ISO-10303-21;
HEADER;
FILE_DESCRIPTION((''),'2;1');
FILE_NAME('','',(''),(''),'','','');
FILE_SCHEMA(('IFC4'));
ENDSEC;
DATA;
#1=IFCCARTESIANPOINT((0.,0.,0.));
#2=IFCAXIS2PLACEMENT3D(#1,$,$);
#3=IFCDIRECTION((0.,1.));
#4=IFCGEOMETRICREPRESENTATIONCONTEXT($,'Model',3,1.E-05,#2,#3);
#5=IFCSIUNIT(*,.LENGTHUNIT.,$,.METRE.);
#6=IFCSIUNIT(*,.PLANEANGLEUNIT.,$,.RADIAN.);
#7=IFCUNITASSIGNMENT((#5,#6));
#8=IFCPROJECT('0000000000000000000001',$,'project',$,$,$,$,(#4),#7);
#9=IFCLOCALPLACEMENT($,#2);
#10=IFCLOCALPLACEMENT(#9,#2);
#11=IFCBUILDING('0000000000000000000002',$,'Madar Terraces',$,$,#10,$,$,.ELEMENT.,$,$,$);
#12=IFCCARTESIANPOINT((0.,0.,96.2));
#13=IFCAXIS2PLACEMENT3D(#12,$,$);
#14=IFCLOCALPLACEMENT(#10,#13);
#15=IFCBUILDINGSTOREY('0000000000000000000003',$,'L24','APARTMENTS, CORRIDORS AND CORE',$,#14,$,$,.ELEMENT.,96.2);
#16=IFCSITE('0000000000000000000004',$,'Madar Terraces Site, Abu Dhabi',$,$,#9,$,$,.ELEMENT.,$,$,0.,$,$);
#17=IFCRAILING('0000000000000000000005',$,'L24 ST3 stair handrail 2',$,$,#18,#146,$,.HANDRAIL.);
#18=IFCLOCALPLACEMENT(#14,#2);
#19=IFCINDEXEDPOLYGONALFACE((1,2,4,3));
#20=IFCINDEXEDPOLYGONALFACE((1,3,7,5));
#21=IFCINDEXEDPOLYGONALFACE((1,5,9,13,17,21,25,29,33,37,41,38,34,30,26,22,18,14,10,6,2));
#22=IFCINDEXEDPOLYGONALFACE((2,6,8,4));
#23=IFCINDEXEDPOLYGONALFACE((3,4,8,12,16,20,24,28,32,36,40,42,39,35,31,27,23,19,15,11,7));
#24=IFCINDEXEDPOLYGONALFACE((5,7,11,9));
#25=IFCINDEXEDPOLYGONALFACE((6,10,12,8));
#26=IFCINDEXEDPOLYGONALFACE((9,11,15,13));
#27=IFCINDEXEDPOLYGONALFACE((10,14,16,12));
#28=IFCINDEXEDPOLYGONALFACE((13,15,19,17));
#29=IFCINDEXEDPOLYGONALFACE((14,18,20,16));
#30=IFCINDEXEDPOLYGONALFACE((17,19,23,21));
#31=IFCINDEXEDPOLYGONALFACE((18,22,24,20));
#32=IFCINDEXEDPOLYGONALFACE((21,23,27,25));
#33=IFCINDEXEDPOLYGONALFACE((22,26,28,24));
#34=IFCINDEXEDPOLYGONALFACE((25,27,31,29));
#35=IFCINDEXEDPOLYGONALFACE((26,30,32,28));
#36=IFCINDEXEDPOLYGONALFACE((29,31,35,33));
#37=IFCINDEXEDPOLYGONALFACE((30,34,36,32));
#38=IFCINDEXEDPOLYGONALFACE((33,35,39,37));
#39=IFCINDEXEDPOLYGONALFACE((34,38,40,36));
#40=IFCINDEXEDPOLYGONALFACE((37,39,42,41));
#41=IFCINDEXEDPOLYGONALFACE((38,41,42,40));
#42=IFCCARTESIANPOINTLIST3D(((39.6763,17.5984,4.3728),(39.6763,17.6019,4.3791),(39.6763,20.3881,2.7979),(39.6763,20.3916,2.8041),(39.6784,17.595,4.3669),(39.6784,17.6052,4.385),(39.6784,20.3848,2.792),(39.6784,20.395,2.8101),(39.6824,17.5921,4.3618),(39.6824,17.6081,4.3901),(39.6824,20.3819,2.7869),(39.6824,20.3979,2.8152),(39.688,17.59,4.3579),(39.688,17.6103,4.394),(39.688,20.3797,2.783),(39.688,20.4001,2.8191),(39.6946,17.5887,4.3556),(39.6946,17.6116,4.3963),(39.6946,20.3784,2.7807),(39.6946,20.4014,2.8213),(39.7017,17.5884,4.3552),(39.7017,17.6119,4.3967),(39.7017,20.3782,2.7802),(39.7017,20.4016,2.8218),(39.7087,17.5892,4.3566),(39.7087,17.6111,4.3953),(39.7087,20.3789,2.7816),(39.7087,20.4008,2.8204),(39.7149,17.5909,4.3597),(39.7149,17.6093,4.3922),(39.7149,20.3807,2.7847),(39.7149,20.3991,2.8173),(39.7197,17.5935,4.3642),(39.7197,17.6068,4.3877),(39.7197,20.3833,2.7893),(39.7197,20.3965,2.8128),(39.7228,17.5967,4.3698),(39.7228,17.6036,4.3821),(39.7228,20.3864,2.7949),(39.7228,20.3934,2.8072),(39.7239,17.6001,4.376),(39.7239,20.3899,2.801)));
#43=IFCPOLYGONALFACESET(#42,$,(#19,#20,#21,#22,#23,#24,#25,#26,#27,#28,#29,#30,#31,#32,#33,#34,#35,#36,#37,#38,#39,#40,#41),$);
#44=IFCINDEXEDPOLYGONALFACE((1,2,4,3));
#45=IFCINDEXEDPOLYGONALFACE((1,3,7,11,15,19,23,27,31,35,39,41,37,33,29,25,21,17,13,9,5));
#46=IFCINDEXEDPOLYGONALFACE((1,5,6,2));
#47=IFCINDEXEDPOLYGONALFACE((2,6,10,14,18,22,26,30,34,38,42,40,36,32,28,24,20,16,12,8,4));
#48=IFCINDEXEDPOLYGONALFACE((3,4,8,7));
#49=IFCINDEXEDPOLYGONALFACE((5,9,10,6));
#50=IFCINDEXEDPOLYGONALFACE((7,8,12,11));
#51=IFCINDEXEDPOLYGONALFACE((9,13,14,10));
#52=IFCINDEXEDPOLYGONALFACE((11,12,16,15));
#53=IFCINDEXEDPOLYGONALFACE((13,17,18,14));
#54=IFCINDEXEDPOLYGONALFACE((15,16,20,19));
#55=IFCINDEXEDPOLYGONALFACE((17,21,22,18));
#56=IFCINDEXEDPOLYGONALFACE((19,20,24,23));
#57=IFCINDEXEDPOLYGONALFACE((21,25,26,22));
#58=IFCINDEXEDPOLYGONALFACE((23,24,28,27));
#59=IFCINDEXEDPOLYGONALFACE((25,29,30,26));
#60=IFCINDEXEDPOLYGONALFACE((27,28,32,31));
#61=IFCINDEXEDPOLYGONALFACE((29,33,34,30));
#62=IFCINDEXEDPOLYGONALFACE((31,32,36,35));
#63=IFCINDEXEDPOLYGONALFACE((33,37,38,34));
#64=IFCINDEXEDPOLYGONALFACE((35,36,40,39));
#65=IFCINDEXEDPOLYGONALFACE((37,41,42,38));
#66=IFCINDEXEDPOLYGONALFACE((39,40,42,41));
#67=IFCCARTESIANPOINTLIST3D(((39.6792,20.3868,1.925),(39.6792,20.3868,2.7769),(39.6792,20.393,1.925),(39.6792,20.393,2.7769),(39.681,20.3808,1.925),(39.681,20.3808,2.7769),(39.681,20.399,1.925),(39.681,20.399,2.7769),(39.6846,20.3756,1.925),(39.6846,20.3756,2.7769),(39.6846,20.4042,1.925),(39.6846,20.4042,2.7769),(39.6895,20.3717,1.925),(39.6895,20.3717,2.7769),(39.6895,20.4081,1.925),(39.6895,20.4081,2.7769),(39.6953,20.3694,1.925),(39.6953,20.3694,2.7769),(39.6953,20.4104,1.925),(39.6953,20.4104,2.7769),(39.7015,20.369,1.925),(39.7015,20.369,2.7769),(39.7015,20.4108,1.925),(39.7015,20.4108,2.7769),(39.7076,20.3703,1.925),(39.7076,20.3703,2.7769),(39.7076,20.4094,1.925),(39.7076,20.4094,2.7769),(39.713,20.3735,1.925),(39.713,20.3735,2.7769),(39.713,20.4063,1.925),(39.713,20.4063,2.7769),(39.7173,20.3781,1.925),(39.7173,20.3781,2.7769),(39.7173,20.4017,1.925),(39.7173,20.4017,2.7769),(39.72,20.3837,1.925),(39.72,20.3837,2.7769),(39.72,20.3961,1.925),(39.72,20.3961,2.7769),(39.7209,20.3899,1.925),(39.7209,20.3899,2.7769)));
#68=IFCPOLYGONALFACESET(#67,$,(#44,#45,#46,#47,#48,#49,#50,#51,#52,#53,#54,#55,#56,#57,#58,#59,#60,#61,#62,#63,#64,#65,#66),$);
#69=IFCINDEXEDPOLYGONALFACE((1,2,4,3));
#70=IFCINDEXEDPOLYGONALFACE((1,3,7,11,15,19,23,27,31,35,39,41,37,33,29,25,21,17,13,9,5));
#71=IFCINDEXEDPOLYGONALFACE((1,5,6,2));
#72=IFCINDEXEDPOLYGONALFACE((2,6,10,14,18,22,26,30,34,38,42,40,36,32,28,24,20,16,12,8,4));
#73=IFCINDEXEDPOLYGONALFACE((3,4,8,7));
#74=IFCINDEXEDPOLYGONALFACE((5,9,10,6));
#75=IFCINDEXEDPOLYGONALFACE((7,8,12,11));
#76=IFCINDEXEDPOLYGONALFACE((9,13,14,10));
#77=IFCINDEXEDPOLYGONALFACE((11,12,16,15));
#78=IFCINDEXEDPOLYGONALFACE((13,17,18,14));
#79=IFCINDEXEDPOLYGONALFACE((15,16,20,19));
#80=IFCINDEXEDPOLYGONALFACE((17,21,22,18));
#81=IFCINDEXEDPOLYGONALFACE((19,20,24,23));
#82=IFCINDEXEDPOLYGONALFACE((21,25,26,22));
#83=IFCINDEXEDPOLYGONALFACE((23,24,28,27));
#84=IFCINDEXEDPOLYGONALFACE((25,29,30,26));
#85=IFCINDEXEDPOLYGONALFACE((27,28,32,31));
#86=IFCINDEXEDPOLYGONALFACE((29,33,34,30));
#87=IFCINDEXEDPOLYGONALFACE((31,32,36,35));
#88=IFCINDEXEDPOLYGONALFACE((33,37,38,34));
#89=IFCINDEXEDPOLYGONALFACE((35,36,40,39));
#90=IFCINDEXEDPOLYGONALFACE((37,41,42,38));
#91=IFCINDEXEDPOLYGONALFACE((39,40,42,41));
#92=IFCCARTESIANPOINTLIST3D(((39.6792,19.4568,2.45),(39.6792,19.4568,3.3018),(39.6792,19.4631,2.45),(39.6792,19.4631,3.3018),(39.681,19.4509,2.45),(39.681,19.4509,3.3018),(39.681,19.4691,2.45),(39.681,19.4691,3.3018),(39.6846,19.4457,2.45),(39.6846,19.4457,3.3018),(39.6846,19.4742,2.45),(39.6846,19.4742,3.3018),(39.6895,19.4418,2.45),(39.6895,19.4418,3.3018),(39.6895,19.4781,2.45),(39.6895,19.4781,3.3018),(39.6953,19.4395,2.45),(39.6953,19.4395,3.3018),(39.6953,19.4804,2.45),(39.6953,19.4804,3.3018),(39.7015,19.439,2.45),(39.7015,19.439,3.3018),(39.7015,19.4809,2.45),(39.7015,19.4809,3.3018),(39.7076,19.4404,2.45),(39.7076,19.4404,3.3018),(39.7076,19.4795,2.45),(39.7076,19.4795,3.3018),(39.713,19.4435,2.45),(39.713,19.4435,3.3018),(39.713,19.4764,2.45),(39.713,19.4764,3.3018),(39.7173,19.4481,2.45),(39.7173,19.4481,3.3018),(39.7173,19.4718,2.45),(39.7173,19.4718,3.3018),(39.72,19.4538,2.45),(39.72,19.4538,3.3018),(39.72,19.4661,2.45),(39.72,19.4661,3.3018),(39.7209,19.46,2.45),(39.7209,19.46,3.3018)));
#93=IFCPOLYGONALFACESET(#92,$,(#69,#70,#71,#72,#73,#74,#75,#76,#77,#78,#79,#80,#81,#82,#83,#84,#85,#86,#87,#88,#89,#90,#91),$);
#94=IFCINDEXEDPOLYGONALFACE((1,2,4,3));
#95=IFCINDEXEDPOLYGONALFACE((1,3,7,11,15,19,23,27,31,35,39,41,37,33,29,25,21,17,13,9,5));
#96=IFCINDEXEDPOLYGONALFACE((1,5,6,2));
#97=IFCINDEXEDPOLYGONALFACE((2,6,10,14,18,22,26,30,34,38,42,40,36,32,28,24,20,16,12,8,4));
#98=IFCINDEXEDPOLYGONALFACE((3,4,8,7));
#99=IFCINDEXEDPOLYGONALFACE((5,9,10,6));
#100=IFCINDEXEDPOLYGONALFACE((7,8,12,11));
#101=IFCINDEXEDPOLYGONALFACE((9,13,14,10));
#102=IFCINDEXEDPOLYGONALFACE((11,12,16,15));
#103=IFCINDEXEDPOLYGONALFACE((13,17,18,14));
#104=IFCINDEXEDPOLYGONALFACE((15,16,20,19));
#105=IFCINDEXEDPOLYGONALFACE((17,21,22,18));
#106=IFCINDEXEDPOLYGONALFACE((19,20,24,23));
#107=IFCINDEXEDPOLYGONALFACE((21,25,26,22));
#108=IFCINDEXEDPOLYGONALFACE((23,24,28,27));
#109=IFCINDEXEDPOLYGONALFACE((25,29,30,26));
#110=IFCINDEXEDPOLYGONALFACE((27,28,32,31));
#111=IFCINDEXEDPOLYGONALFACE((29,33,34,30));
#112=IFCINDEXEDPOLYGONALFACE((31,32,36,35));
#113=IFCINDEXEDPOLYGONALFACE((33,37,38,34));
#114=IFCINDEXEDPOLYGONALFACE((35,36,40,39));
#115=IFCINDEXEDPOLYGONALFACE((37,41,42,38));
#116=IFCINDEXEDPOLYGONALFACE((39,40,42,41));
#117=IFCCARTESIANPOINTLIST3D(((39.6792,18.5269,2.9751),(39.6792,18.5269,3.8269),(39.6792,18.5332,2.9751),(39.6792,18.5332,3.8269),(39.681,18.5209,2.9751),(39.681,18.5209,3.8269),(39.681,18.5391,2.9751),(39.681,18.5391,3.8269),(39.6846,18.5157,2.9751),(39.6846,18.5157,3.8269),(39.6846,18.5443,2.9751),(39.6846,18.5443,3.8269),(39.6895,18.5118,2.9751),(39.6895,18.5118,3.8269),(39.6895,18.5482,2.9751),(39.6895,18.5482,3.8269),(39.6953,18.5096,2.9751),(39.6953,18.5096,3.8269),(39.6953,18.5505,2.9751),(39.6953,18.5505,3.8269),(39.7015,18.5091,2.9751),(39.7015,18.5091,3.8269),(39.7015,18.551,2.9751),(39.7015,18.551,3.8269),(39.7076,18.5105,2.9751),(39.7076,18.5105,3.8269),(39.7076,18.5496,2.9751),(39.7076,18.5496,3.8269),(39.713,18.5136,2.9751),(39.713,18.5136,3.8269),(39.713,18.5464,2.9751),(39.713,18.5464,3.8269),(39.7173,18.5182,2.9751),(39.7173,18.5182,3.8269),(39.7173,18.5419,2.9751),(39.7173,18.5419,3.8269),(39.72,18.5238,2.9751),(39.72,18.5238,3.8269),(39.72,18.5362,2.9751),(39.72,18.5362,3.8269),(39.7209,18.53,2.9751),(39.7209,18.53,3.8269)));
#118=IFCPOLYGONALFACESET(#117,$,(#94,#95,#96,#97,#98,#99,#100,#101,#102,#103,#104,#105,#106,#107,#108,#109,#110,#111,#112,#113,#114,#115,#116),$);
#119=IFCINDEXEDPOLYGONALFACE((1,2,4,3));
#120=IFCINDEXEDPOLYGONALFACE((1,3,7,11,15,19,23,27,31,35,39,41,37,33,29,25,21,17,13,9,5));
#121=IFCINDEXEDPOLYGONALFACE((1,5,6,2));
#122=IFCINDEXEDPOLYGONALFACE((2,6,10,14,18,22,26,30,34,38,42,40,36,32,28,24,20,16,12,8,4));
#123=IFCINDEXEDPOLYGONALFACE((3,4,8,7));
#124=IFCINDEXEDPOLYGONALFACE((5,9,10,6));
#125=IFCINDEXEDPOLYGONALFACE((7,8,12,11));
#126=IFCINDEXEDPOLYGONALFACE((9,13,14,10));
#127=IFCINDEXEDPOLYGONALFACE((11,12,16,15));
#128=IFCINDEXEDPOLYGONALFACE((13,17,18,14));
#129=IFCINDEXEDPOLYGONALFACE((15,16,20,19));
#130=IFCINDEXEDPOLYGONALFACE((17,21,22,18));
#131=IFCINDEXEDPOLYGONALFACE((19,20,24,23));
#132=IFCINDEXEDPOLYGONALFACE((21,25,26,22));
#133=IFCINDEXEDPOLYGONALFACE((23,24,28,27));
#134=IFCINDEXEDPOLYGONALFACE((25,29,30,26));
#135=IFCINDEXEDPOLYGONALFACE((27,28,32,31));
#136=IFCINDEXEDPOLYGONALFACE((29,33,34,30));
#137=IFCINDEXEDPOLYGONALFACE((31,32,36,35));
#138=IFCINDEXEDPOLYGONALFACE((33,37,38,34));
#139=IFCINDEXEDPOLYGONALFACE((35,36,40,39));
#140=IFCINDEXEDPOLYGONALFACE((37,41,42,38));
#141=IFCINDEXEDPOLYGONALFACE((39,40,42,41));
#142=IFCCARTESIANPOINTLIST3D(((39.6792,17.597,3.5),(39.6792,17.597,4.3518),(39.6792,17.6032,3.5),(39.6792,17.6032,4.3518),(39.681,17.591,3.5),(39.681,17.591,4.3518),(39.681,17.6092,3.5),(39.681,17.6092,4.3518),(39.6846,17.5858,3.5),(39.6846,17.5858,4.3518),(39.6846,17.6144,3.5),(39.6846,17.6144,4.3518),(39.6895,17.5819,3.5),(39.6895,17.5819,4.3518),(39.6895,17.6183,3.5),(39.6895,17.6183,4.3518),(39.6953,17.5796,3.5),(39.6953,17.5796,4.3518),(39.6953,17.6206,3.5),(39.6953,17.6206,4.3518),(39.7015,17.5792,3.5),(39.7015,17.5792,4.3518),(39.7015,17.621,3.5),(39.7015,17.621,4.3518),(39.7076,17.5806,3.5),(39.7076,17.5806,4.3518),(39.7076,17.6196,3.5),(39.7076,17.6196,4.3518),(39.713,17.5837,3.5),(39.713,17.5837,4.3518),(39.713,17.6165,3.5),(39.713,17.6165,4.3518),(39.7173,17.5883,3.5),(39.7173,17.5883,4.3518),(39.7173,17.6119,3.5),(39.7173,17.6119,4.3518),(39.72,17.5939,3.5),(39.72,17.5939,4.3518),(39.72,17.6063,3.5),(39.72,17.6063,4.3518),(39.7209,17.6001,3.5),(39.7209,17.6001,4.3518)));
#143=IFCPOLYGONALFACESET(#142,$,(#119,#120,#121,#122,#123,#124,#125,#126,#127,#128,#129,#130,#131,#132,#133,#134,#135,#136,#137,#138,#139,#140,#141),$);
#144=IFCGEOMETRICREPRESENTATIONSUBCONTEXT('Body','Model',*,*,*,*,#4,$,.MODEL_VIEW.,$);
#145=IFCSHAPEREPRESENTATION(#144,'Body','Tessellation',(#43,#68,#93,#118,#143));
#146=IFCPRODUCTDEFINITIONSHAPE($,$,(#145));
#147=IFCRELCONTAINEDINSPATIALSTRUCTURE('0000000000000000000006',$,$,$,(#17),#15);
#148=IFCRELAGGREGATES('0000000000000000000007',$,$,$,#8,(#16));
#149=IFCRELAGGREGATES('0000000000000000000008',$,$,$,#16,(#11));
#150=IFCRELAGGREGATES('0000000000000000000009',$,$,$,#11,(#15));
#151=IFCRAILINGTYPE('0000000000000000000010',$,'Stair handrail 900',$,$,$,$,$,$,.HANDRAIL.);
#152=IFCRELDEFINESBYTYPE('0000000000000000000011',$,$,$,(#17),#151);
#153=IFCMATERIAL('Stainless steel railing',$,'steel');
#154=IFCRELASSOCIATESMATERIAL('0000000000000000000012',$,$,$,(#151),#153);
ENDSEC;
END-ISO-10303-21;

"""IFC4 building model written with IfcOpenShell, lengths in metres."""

from ifc_helpers import new_model, si_unit, direction, frame, origin, origin_2d, place, context, subcontext, project, spatial, circle, extrude, material, type_object, element, save


model = new_model("IFC4")

# Units and contexts
model_context = context("Model", 3, precision=1e-05, world=origin(), true_north=direction((0.0, 1.0)))
body_context = subcontext(model_context, "Body", "Model", "MODEL_VIEW")
ifc_project = project(units=[si_unit("LENGTHUNIT", "METRE"), si_unit("PLANEANGLEUNIT", "RADIAN")], contexts=[model_context])

# Site, building, storey
site_placement = place(None, origin())
site = spatial("IfcSite", under=ifc_project, at=site_placement, Name="Madar Terraces Site, Abu Dhabi", CompositionType="ELEMENT", RefElevation=0.0)
building_placement = place(site_placement, origin())
building = spatial("IfcBuilding", under=site, at=building_placement, Name="Madar Terraces", CompositionType="ELEMENT")
storey_placement = place(building_placement, frame((0.0, 0.0, 96.2)))
storey = spatial("IfcBuildingStorey", under=building, at=storey_placement, Name="L24", Description="APARTMENTS, CORRIDORS AND CORE", CompositionType="ELEMENT", Elevation=96.2)

# Railing
ifc_material_1 = material(Name="Stainless steel railing", Category="steel")
railing_type_1 = type_object("IfcRailingType", Name="Stair handrail 900", PredefinedType="HANDRAIL", material=ifc_material_1)
railing_1_placement = place(storey_placement, frame((39.7, 20.3899, 1.925)))
element("IfcRailing", 1, at=railing_1_placement, inside=storey, type_object=railing_type_1, Name="L24 ST3 stair handrail 2", PredefinedType="HANDRAIL", context=body_context, shape_type="SweptSolid", body=[
    extrude(circle(Radius=0.0239, at=origin_2d()), frame((0.0, 0.0, 0.876), z_axis=(0.0, -0.870815, 0.49161), x_axis=(1.0, 0.0, 0.0)), (0.0, 0.0, 1.0), 3.2036),
    extrude(circle(Radius=0.021, at=origin_2d()), origin(), (0.0, 0.0, 1.0), 0.8518),
    extrude(circle(Radius=0.021, at=origin_2d()), frame((0.0, -0.9299, 0.5249)), (0.0, 0.0, 1.0), 0.8518),
    extrude(circle(Radius=0.021, at=origin_2d()), frame((0.0, -1.8599, 1.05)), (0.0, 0.0, 1.0), 0.8518),
    extrude(circle(Radius=0.021, at=origin_2d()), frame((0.0, -2.7898, 1.575)), (0.0, 0.0, 1.0), 0.8518),
])

save(model, "model.ifc")
